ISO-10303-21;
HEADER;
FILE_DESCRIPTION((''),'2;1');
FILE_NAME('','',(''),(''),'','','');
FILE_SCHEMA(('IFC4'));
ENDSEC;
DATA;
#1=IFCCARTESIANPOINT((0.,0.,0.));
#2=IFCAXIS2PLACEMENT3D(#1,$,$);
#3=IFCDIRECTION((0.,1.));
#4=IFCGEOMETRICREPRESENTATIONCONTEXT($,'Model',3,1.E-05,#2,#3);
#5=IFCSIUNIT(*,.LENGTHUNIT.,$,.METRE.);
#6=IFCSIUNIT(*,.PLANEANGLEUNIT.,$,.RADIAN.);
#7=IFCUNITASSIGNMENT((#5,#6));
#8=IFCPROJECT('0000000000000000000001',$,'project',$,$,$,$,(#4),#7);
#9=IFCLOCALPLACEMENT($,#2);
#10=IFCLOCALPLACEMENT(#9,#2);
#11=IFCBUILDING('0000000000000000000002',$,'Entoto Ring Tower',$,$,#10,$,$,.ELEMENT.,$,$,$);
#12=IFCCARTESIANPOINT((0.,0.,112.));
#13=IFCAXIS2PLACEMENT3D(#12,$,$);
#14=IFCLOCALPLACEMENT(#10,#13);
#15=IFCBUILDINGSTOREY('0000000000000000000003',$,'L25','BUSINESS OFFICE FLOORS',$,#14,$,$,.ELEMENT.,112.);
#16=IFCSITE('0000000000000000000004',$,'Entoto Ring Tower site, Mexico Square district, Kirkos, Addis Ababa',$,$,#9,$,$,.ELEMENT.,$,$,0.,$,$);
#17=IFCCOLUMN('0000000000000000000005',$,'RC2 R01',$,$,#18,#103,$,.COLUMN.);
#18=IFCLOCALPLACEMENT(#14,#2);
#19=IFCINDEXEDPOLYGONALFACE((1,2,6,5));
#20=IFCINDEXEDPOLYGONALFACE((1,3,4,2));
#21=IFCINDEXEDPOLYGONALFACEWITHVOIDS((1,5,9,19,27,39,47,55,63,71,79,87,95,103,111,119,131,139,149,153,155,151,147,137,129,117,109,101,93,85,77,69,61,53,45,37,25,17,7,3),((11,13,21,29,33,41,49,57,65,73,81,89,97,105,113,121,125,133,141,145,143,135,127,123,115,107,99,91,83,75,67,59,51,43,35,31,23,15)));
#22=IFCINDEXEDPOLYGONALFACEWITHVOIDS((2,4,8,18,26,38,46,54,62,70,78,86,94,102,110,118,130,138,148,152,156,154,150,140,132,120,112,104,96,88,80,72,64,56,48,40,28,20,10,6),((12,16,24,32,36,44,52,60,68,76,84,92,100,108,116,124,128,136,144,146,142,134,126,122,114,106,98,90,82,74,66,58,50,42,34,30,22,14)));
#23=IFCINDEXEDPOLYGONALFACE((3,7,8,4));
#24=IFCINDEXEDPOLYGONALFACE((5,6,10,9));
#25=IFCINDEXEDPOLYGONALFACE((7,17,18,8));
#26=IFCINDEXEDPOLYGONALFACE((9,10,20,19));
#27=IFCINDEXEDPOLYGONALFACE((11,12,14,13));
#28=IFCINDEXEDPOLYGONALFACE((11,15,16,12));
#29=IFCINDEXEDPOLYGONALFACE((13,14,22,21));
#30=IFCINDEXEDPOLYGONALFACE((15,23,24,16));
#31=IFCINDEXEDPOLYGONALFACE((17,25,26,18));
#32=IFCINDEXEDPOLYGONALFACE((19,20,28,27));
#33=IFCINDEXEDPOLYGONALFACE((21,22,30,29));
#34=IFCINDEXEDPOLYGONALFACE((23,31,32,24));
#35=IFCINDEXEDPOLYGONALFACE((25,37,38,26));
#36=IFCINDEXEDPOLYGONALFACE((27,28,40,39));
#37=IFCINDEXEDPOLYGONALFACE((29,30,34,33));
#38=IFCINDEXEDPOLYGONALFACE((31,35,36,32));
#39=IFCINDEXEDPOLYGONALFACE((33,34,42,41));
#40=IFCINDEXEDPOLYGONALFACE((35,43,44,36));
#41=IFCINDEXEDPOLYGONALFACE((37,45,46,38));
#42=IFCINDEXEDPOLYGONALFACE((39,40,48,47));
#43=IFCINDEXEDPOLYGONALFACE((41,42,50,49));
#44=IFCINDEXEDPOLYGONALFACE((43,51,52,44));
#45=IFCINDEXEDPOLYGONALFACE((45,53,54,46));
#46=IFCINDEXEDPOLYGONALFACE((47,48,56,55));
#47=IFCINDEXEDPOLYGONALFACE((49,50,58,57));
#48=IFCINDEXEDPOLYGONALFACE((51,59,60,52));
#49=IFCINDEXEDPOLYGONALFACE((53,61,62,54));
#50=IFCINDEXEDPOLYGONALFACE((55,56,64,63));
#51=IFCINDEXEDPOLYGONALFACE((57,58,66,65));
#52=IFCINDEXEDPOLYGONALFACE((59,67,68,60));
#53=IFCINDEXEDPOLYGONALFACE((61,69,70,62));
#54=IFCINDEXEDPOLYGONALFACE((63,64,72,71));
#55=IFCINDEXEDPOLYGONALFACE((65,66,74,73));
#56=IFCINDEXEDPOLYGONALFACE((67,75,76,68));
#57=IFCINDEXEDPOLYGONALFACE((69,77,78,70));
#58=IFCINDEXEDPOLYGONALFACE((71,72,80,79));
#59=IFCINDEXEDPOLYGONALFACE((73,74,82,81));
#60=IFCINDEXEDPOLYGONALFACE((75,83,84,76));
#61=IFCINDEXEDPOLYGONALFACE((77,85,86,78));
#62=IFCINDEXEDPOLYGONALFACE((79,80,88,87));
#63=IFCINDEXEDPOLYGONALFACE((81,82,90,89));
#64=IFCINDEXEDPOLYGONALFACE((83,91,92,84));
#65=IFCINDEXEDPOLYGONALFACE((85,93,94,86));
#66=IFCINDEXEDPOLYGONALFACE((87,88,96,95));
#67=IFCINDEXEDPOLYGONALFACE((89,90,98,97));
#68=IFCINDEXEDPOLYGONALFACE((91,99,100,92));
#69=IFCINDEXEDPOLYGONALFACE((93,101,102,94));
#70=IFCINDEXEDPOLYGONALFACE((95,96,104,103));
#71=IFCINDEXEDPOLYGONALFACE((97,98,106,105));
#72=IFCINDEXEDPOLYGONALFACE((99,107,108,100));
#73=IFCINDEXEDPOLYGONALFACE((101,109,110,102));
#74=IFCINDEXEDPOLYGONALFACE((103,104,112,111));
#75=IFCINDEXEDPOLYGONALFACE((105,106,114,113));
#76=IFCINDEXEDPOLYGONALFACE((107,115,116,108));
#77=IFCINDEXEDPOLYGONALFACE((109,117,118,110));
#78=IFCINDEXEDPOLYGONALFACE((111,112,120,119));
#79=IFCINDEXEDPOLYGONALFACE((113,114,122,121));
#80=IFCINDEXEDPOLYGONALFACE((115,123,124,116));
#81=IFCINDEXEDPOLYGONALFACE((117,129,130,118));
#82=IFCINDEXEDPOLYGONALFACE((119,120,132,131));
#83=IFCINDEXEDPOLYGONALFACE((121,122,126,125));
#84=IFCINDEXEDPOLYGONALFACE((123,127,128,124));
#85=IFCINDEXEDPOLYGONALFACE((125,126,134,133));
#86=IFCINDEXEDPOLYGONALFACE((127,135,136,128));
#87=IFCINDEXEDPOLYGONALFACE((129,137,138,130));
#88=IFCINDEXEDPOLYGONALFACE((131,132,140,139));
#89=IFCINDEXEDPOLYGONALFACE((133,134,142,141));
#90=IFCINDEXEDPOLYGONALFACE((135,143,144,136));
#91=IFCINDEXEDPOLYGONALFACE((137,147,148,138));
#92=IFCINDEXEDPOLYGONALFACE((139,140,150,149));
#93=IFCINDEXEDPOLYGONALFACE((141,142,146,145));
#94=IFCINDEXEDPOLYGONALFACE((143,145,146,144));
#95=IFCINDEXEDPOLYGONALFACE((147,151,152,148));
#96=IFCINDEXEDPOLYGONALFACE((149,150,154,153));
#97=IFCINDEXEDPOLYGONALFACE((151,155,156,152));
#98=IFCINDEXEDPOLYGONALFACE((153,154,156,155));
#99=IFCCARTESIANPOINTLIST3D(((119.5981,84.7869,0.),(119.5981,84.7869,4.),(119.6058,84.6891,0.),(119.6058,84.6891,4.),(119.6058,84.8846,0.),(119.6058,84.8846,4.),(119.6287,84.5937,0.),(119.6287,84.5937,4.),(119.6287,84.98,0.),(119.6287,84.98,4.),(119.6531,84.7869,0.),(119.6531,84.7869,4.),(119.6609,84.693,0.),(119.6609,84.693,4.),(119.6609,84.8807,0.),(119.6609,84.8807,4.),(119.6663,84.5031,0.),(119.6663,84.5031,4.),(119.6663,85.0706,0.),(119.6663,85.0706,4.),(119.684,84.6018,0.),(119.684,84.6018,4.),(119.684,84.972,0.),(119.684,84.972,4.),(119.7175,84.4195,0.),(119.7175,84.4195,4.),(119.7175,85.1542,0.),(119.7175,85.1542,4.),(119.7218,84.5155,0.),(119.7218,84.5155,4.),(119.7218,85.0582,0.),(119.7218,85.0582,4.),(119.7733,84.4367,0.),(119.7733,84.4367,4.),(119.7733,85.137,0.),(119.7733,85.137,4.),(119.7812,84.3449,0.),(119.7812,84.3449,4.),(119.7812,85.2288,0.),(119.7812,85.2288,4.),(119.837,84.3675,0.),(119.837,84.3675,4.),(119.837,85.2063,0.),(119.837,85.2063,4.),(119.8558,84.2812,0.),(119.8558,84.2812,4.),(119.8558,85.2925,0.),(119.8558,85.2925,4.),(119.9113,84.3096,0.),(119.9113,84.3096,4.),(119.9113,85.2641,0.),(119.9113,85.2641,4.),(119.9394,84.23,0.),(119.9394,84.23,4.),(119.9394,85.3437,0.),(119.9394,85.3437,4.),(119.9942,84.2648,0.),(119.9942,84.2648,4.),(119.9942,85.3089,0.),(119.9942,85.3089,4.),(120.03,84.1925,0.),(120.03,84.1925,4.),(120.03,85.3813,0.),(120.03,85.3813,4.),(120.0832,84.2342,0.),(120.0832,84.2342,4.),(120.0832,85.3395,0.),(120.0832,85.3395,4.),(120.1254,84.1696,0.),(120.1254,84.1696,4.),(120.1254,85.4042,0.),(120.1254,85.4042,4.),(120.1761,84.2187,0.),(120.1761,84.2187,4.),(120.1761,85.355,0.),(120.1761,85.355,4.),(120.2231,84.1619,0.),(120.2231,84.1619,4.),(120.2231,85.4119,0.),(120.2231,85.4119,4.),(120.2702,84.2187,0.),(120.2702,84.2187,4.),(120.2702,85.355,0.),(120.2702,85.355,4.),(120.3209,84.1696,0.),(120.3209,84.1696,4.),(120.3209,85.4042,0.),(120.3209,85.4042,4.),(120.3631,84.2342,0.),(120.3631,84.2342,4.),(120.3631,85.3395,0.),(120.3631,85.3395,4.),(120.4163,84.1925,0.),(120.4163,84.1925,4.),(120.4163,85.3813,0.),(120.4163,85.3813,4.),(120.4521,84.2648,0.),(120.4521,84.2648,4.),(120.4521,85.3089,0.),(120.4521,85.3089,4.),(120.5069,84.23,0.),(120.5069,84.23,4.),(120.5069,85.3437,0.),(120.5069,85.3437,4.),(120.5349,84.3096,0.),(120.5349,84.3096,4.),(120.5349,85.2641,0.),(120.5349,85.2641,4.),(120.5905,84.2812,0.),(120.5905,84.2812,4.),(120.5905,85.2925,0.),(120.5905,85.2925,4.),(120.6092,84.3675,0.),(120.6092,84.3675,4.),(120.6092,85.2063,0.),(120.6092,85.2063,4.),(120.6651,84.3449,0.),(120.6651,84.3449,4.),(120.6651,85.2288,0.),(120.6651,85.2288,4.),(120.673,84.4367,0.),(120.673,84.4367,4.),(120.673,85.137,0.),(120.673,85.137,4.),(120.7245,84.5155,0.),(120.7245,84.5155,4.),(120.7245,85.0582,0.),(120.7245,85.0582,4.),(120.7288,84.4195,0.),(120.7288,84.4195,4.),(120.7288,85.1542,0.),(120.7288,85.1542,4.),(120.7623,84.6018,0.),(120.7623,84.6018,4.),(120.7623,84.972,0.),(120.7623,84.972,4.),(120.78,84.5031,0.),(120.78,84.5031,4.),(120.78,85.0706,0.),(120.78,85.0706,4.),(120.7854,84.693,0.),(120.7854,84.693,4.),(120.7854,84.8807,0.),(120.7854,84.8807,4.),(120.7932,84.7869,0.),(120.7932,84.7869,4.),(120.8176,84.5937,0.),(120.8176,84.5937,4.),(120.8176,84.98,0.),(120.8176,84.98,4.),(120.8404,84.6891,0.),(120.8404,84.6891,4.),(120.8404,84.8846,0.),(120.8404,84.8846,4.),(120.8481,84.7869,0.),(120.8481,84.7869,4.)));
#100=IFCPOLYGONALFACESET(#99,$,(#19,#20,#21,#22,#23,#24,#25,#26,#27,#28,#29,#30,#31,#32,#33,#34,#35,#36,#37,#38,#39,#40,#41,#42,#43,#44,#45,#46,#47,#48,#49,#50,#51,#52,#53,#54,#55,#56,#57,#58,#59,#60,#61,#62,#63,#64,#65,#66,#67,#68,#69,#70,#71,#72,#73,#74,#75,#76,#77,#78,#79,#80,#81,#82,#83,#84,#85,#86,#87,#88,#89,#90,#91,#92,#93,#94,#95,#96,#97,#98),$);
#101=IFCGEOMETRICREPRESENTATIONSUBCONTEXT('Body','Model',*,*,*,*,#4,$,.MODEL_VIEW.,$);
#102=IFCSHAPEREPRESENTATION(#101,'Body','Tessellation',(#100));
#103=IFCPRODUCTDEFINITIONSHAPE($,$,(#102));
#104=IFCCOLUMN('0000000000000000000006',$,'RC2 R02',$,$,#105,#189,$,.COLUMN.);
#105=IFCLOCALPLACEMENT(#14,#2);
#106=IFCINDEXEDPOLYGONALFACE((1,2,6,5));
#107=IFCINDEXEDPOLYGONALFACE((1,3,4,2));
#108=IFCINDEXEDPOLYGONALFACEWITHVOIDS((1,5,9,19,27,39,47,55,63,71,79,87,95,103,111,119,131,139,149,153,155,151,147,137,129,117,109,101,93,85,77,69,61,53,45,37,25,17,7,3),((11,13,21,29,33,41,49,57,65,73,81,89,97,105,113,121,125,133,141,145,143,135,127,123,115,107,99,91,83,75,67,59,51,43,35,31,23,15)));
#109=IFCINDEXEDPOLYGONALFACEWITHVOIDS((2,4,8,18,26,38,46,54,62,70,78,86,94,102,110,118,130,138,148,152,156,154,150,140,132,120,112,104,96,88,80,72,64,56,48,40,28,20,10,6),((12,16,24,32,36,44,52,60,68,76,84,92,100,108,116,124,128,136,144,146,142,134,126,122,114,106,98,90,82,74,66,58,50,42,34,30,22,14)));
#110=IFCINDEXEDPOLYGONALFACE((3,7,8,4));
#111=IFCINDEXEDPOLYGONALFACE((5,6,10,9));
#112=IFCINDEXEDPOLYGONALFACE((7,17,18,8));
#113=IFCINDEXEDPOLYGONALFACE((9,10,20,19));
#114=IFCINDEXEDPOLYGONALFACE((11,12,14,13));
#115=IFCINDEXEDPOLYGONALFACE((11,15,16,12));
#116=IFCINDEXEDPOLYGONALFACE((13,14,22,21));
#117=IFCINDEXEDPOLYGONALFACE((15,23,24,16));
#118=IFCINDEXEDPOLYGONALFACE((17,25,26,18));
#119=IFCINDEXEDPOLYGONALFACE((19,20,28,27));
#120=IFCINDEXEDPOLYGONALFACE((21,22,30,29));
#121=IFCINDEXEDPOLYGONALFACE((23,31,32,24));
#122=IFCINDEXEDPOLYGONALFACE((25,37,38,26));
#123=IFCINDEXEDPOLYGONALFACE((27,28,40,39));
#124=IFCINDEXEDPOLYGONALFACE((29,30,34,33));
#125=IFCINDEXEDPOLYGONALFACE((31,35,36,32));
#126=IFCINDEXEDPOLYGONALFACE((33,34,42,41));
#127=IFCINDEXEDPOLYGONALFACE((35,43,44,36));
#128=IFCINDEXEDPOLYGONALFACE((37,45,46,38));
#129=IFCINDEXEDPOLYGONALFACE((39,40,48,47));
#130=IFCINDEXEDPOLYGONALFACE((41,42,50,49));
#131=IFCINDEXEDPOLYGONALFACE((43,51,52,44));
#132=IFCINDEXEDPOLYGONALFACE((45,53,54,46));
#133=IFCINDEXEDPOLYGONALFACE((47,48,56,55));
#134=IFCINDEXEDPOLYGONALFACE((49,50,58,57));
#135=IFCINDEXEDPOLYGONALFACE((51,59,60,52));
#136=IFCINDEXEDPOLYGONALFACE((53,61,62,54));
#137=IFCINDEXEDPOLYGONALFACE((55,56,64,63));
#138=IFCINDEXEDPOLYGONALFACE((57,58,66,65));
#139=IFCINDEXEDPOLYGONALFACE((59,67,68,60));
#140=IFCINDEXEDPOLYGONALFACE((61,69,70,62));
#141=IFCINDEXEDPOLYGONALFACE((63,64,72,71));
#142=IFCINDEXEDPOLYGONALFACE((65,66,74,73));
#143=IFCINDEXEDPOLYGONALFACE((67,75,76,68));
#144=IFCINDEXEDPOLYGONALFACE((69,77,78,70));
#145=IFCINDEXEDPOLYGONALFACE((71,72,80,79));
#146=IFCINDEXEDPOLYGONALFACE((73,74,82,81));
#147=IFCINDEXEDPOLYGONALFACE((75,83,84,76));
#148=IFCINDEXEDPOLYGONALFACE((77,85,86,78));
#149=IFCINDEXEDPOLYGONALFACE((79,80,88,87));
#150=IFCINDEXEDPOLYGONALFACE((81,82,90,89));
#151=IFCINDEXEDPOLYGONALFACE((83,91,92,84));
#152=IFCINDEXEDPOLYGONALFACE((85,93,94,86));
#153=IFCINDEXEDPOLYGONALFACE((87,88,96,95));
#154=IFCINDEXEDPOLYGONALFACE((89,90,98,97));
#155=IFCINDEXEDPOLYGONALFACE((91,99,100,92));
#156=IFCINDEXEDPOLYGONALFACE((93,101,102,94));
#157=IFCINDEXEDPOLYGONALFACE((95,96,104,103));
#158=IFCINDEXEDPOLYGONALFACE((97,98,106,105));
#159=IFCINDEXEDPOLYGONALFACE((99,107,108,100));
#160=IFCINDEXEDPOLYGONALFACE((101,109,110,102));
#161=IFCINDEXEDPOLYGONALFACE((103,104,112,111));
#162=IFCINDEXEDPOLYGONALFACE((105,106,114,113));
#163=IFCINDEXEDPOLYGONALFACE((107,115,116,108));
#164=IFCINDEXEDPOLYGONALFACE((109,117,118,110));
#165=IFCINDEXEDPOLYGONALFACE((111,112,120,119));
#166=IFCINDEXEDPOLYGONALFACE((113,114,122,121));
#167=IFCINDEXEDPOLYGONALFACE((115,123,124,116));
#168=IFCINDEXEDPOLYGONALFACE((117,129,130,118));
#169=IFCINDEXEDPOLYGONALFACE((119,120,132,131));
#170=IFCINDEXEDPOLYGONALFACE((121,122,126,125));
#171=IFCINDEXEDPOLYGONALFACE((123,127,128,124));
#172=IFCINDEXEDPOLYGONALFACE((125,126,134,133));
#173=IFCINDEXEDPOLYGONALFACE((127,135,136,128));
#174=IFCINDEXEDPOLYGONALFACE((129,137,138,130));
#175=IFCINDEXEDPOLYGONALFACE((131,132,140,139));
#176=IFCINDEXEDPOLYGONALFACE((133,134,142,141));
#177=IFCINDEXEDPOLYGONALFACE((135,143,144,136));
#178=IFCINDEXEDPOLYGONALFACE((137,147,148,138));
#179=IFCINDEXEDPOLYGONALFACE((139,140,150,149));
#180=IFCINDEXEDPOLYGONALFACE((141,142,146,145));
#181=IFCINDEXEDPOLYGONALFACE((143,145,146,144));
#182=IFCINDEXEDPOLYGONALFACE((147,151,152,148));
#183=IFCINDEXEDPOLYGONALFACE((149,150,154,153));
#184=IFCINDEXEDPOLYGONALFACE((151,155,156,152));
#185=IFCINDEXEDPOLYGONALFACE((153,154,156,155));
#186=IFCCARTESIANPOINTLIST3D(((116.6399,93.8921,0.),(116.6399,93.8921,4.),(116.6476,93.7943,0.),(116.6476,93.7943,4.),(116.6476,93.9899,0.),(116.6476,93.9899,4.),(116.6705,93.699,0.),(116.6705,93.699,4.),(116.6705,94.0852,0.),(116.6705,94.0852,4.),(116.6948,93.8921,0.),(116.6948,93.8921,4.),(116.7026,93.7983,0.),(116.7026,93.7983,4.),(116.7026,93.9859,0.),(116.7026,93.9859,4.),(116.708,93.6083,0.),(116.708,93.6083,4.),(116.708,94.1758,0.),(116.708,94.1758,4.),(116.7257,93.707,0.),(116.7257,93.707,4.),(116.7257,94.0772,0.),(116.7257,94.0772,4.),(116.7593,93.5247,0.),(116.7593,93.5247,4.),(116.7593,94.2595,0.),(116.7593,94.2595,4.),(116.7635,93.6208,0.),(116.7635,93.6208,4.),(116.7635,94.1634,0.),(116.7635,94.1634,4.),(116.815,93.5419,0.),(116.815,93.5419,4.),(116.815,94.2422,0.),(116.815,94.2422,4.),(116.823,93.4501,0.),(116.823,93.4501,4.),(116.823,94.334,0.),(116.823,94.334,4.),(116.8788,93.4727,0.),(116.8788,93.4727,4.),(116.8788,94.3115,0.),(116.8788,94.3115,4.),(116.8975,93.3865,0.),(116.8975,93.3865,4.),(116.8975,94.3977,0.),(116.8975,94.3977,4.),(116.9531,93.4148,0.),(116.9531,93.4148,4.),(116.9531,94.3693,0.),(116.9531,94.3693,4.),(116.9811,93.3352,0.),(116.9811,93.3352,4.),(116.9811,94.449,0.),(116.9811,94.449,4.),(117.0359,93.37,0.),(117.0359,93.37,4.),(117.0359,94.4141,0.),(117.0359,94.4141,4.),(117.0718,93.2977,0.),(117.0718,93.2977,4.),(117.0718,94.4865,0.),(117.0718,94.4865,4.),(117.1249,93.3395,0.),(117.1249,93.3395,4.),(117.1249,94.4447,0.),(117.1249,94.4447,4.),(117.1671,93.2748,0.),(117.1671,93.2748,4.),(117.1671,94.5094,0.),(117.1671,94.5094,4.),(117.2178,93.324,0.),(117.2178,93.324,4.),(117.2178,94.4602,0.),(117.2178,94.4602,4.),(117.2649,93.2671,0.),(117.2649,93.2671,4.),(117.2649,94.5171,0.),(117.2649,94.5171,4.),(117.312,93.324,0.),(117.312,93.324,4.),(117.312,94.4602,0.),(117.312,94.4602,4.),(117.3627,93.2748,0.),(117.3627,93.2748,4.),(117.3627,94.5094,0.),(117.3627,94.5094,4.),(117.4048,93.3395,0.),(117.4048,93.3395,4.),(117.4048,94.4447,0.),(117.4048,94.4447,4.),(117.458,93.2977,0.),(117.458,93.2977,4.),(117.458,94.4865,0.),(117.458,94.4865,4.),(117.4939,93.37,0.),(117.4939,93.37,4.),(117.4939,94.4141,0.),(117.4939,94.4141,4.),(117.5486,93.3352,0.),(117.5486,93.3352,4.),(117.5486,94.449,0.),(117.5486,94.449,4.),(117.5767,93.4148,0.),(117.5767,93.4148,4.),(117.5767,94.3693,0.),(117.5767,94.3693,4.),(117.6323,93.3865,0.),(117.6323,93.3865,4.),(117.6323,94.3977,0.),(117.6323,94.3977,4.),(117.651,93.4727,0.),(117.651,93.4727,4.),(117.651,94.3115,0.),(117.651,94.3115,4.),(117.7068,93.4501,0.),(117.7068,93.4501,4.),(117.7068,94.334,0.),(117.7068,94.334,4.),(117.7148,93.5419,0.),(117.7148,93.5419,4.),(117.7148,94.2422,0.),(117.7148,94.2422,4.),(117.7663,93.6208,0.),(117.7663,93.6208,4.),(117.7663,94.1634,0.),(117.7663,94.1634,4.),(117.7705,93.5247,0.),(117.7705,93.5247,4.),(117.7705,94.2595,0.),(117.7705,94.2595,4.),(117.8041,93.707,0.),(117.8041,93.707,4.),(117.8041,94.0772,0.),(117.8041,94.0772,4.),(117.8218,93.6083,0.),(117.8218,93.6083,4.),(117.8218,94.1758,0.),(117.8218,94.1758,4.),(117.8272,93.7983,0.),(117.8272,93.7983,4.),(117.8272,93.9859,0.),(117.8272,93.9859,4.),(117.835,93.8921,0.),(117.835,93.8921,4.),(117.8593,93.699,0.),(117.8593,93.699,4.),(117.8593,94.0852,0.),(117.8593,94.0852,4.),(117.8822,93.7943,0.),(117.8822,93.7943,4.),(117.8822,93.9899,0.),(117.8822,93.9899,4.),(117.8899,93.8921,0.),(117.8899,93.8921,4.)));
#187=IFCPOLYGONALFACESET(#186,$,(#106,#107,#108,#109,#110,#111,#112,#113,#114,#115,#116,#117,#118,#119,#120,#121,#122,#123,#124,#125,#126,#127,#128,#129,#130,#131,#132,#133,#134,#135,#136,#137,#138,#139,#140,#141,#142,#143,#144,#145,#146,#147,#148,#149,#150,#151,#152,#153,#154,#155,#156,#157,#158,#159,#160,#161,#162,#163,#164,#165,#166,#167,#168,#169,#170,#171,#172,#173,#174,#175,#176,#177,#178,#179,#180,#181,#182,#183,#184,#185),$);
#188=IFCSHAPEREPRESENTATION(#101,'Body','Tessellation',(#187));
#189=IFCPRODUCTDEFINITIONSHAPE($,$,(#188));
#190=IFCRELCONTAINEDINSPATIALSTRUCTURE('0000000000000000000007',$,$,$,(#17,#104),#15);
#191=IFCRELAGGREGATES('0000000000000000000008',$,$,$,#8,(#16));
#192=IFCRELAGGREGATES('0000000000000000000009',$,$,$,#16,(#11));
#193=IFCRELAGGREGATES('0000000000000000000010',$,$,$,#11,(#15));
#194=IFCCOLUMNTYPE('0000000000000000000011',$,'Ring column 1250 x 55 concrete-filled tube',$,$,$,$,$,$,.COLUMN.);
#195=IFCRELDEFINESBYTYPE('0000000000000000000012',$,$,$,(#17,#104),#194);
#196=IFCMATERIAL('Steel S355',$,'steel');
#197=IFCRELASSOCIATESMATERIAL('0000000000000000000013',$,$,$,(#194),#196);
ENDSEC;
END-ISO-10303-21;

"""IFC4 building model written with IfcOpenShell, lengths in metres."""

from ifc_helpers import new_model, si_unit, direction, frame, origin, origin_2d, place, context, subcontext, project, spatial, circle, hollow_circle, extrude, material, material_profile, profile_set, type_object, element, save


model = new_model("IFC4")

# Units and contexts
model_context = context("Model", 3, precision=1e-05, world=origin(), true_north=direction((0.0, 1.0)))
body_context = subcontext(model_context, "Body", "Model", "MODEL_VIEW")
ifc_project = project(units=[si_unit("LENGTHUNIT", "METRE"), si_unit("PLANEANGLEUNIT", "RADIAN")], contexts=[model_context])

# Site, building, storey
site_placement = place(None, origin())
site = spatial("IfcSite", under=ifc_project, at=site_placement, Name="Entoto Ring Tower site, Mexico Square district, Kirkos, Addis Ababa", CompositionType="ELEMENT", RefElevation=0.0)
building_placement = place(site_placement, origin())
building = spatial("IfcBuilding", under=site, at=building_placement, Name="Entoto Ring Tower", CompositionType="ELEMENT")
storey_placement = place(building_placement, frame((0.0, 0.0, 112.0)))
storey = spatial("IfcBuildingStorey", under=building, at=storey_placement, Name="L25", Description="BUSINESS OFFICE FLOORS", CompositionType="ELEMENT", Elevation=112.0)

# Columns
ifc_material_1 = material(Name="Steel S355", Category="steel")
ifc_material_profile_1 = material_profile(ifc_material_1, hollow_circle(Radius=0.625, WallThickness=0.0549, at=origin_2d()), Name="CHS 1250 x 55")
ifc_material_2 = material(Name="Concrete C60/75", Category="concrete")
ifc_material_profile_2 = material_profile(ifc_material_2, circle(Radius=0.5701, at=origin_2d()), Name="Concrete C60/75 infill")
ifc_profile_set_1 = profile_set([ifc_material_profile_1, ifc_material_profile_2], Name="Steel S355")
column_type = type_object("IfcColumnType", Name="Ring column 1250 x 55 concrete-filled tube", PredefinedType="COLUMN", material=ifc_profile_set_1)
for number, where, z_axis, x_axis, name in (
    (1, (120.2231, 84.7869, 0.0), (0.0, 0.0, 1.0), (1.0, 0.0, 0.0), "RC2 R01"),
    (2, (117.2649, 93.8921, 0.0), (0.0, 0.0, 1.0), (1.0, 0.0, 0.0), "RC2 R02"),
):
    element("IfcColumn", number, at=place(storey_placement, frame(where, z_axis=z_axis, x_axis=x_axis)), inside=storey, type_object=column_type, Name=name, PredefinedType="COLUMN", context=body_context, shape_type="SweptSolid", body=[
        extrude(hollow_circle(Radius=0.625, WallThickness=0.0549, at=origin_2d()), origin(), (0.0, 0.0, 1.0), 4.0),
    ])

save(model, "model.ifc")
